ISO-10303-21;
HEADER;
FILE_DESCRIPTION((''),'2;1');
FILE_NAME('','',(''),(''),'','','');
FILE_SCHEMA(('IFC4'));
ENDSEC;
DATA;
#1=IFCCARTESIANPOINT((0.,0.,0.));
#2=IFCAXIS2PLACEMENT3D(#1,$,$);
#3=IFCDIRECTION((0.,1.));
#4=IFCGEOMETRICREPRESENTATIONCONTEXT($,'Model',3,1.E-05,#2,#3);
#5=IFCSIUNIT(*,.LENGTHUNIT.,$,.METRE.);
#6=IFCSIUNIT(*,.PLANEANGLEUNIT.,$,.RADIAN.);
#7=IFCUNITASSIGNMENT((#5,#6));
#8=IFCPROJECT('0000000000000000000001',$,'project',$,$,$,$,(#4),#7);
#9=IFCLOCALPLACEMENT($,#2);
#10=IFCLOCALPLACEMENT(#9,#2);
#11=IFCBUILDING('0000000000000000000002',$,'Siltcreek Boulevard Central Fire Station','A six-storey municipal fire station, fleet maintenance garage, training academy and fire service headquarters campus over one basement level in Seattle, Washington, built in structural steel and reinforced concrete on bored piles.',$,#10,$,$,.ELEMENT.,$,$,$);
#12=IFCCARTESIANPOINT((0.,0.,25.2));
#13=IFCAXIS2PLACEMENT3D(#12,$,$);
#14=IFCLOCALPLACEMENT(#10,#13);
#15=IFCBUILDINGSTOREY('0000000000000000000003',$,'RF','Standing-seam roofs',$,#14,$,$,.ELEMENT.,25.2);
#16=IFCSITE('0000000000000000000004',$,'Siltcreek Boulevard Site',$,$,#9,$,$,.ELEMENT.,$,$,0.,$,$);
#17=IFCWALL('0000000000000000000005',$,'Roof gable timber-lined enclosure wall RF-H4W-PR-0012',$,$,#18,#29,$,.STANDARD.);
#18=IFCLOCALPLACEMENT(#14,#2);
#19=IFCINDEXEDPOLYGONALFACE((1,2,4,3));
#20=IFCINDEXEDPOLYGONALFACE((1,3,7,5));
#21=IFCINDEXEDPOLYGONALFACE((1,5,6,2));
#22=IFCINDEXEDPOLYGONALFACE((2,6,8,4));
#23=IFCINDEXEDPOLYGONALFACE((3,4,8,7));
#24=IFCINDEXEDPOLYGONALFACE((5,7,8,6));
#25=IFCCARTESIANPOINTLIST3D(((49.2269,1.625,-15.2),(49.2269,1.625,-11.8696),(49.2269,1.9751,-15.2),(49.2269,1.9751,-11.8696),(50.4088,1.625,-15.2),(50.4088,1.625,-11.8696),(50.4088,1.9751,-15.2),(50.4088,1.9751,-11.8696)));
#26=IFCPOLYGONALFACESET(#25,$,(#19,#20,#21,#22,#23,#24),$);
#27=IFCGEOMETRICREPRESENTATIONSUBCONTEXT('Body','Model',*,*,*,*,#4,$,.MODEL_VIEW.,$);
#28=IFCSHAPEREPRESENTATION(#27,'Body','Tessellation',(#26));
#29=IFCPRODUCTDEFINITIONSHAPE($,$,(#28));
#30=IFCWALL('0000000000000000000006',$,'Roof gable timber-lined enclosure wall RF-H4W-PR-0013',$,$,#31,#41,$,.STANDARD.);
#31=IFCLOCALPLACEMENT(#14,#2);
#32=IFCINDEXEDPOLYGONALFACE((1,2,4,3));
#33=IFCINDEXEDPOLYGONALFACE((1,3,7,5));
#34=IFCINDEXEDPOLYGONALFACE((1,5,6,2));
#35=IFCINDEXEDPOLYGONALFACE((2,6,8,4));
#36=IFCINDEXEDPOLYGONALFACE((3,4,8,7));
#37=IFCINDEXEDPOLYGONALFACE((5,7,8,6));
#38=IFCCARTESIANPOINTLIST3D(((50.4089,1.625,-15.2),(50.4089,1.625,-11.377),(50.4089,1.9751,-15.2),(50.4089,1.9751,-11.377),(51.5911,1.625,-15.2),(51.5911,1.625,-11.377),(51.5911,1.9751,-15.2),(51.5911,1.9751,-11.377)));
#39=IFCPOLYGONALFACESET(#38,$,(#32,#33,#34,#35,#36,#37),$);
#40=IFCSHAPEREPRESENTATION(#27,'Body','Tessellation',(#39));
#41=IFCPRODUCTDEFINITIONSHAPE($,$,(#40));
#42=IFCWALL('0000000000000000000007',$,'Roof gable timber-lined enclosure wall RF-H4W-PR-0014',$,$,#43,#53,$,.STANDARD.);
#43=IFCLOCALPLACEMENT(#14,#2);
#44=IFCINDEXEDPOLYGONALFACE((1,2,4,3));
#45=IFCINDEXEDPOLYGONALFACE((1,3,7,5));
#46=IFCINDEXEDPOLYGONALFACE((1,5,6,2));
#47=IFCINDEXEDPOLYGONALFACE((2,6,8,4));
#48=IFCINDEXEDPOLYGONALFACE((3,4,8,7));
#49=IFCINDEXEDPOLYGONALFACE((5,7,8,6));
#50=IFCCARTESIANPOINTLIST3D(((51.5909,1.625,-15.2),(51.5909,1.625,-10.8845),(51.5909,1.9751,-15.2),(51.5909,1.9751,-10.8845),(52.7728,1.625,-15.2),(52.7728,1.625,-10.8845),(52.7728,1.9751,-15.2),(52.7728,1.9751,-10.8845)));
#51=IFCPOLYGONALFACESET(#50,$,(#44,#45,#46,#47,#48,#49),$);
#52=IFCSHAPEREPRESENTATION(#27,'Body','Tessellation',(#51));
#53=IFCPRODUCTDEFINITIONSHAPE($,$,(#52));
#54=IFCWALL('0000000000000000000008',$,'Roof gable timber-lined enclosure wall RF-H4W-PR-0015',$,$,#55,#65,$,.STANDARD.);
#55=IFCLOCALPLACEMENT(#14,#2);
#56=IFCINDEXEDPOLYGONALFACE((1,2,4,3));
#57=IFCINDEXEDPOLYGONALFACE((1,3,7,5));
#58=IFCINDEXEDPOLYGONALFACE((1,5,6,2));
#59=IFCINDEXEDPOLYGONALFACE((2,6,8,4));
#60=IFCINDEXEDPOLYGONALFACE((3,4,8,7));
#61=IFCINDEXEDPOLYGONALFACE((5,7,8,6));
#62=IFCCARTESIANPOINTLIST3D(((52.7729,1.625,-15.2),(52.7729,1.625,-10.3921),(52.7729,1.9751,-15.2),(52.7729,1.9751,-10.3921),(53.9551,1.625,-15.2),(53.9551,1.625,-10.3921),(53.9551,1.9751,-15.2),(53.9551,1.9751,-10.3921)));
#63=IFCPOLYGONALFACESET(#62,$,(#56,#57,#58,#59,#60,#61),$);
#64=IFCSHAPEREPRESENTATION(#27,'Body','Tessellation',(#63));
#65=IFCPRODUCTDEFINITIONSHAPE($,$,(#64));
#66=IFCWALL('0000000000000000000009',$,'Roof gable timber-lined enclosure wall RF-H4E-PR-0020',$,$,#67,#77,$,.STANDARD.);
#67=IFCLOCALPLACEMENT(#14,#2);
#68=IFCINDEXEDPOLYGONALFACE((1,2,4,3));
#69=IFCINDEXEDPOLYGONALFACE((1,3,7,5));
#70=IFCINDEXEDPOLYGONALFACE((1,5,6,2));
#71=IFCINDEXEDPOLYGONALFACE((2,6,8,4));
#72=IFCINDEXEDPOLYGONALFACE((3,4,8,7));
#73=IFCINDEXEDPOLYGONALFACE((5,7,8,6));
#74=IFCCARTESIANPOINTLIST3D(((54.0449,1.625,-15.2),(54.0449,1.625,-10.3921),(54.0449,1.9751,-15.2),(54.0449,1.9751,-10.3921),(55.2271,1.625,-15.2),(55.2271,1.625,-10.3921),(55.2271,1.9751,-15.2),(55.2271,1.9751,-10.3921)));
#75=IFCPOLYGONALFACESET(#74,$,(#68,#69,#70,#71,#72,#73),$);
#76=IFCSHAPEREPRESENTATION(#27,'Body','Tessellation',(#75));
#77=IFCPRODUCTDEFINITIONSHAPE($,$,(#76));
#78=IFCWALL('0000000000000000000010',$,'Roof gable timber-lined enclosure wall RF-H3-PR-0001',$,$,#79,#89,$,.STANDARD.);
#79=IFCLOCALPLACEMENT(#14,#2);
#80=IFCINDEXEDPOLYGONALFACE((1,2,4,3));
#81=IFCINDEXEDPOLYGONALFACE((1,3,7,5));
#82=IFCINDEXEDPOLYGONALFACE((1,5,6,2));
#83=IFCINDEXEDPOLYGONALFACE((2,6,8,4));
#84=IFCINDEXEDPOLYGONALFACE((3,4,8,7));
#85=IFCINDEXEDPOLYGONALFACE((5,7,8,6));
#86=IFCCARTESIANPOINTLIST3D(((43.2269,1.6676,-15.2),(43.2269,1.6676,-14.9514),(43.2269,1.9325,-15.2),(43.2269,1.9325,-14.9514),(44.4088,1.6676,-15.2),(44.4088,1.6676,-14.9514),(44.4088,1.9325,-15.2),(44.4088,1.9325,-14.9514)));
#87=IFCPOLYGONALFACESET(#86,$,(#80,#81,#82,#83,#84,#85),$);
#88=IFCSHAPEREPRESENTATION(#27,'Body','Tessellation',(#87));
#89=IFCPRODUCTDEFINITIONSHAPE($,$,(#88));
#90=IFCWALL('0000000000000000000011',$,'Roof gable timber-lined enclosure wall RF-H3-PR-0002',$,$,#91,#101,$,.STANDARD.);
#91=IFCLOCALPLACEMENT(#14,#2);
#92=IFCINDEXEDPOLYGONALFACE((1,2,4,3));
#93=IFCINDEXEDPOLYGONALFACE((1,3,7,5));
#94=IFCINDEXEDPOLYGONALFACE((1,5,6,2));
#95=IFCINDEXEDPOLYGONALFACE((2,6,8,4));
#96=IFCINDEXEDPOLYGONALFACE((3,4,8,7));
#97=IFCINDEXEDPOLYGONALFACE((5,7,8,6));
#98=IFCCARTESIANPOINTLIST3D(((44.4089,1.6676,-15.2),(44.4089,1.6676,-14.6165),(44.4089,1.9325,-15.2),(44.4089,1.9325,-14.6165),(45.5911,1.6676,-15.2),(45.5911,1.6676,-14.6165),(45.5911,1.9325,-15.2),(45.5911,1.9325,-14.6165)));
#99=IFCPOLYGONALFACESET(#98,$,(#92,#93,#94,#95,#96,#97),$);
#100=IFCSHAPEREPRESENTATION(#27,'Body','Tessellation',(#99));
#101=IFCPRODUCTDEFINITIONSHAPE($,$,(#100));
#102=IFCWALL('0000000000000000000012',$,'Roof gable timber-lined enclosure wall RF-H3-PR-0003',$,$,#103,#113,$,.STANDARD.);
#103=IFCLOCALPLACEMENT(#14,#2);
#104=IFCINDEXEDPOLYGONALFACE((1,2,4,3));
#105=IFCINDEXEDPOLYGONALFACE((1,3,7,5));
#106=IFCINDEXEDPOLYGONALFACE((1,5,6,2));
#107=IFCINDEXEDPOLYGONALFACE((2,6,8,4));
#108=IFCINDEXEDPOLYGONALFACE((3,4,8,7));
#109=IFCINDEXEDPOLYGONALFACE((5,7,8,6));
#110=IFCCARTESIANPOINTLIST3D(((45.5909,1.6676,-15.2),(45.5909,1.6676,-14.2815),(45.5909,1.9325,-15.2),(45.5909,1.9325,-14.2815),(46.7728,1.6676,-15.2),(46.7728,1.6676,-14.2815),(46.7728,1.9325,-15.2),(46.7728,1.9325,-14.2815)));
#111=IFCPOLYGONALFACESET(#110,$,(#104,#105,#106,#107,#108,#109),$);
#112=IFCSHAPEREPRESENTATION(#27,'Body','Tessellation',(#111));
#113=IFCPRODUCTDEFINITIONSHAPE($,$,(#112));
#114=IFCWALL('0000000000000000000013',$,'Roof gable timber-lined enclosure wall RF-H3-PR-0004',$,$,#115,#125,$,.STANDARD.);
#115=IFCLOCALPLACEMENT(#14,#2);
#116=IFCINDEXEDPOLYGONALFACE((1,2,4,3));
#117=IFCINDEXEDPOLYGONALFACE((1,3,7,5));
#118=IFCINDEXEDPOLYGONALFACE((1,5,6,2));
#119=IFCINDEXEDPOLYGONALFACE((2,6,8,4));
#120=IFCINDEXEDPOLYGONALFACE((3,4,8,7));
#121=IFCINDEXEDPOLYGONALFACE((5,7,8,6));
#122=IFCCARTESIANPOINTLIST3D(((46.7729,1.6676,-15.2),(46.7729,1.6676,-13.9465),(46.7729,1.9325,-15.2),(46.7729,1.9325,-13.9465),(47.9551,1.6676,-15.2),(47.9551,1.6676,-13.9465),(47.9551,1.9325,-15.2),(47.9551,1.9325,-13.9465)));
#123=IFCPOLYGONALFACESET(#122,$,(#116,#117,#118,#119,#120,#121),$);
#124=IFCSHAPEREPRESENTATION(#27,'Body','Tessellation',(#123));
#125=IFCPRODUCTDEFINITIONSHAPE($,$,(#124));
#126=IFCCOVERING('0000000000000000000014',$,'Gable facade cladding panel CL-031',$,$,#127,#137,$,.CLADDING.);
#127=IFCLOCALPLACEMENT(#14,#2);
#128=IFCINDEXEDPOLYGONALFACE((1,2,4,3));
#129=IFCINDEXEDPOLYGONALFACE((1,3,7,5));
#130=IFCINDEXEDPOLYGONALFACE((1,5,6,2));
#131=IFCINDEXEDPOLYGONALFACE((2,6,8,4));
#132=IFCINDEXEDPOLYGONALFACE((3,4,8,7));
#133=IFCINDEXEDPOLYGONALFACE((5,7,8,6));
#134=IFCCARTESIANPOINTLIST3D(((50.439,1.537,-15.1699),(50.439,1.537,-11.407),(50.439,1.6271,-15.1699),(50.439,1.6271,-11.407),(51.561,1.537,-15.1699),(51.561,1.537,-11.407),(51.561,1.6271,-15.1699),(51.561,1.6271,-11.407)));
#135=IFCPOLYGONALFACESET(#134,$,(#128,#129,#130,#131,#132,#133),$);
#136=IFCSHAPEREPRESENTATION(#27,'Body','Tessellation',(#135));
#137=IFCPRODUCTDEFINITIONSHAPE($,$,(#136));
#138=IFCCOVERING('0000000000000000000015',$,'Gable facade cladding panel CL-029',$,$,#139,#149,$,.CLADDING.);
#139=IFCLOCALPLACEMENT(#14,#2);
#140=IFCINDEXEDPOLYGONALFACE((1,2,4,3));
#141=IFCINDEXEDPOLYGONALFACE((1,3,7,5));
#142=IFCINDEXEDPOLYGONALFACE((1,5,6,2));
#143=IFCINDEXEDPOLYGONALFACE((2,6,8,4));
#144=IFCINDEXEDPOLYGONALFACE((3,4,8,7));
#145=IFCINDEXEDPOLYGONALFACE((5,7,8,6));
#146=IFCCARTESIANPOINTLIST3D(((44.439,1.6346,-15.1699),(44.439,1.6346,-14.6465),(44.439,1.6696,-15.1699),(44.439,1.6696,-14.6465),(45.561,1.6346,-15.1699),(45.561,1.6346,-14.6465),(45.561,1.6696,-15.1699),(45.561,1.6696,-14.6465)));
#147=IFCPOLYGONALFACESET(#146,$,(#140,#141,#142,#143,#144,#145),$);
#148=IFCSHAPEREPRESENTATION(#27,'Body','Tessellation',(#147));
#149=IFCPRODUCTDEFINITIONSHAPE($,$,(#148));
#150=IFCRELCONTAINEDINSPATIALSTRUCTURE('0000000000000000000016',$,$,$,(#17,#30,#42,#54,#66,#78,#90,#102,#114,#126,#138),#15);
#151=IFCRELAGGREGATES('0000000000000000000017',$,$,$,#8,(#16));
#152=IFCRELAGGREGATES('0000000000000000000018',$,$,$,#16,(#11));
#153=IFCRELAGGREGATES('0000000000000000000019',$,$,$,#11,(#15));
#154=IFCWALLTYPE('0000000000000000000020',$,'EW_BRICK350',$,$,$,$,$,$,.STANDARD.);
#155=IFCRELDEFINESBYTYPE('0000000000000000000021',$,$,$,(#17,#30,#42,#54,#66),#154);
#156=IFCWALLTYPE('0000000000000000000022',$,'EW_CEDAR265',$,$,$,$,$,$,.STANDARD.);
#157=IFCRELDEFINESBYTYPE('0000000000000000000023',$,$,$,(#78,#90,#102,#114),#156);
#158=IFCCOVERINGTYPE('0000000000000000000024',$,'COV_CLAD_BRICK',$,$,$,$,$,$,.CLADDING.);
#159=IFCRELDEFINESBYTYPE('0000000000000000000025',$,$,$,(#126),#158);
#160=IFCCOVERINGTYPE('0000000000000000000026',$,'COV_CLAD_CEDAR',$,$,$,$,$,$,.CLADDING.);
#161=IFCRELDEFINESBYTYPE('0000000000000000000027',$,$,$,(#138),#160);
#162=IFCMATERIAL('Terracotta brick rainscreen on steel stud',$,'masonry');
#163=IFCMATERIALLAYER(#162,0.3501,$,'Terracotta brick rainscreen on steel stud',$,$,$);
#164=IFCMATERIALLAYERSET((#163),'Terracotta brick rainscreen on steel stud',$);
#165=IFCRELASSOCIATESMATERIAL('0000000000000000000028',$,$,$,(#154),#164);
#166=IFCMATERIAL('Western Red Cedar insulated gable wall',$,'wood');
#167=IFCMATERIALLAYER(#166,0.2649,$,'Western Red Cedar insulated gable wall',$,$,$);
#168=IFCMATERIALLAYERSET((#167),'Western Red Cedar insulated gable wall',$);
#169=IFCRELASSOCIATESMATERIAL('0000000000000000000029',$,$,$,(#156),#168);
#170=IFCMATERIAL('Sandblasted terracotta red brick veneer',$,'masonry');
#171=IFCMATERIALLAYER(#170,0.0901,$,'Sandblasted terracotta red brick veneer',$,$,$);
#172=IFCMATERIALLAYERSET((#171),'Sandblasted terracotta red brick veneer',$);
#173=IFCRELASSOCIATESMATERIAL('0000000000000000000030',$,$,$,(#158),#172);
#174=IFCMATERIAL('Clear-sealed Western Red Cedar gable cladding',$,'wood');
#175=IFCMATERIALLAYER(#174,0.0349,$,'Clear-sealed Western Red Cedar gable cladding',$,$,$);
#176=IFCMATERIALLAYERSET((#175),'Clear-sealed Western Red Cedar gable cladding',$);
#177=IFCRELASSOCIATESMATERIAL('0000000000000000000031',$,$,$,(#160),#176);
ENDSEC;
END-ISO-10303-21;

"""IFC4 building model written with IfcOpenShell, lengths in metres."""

from ifc_helpers import new_model, si_unit, direction, frame, frame_2d, origin, origin_2d, place, context, subcontext, project, spatial, rectangle, extrude, material, layer, layer_set, type_object, element, save


model = new_model("IFC4")

# Units and contexts
model_context = context("Model", 3, precision=1e-05, world=origin(), true_north=direction((0.0, 1.0)))
body_context = subcontext(model_context, "Body", "Model", "MODEL_VIEW")
ifc_project = project(units=[si_unit("LENGTHUNIT", "METRE"), si_unit("PLANEANGLEUNIT", "RADIAN")], contexts=[model_context])

# Site, building, storey
site_placement = place(None, origin())
site = spatial("IfcSite", under=ifc_project, at=site_placement, Name="Siltcreek Boulevard Site", CompositionType="ELEMENT", RefElevation=0.0)
building_placement = place(site_placement, origin())
building = spatial("IfcBuilding", under=site, at=building_placement, Name="Siltcreek Boulevard Central Fire Station", Description="A six-storey municipal fire station, fleet maintenance garage, training academy and fire service headquarters campus over one basement level in Seattle, Washington, built in structural steel and reinforced concrete on bored piles.", CompositionType="ELEMENT")
storey_placement = place(building_placement, frame((0.0, 0.0, 25.2)))
storey = spatial("IfcBuildingStorey", under=building, at=storey_placement, Name="RF", Description="Standing-seam roofs", CompositionType="ELEMENT", Elevation=25.2)

# Walls
ifc_material_1 = material(Name="Terracotta brick rainscreen on steel stud", Category="masonry")
ifc_layer_1 = layer(ifc_material_1, 0.3501, Name="Terracotta brick rainscreen on steel stud")
ifc_layer_set_1 = layer_set([ifc_layer_1], Name="Terracotta brick rainscreen on steel stud")
wall_type_1 = type_object("IfcWallType", Name="EW_BRICK350", PredefinedType="STANDARD", material=ifc_layer_set_1)
wall_1_placement = place(storey_placement, frame((49.2271, 1.8, -15.2), z_axis=(0.0, 0.0, 1.0), x_axis=(1.0, 0.0, 0.0)))
element("IfcWall", 1, at=wall_1_placement, inside=storey, type_object=wall_type_1, Name="Roof gable timber-lined enclosure wall RF-H4W-PR-0012", PredefinedType="STANDARD", context=body_context, shape_type="SweptSolid", body=[
    extrude(rectangle(XDim=1.1819, YDim=0.3501, at=frame_2d((0.5908, 0.0))), origin(), (0.0, 0.0, 1.0), 3.3303),
])
wall_2_placement = place(storey_placement, frame((50.4089, 1.8, -15.2), z_axis=(0.0, 0.0, 1.0), x_axis=(1.0, 0.0, 0.0)))
element("IfcWall", 2, at=wall_2_placement, inside=storey, type_object=wall_type_1, Name="Roof gable timber-lined enclosure wall RF-H4W-PR-0013", PredefinedType="STANDARD", context=body_context, shape_type="SweptSolid", body=[
    extrude(rectangle(XDim=1.1821, YDim=0.3501, at=frame_2d((0.5911, 0.0))), origin(), (0.0, 0.0, 1.0), 3.823),
])
wall_3_placement = place(storey_placement, frame((51.5911, 1.8, -15.2), z_axis=(0.0, 0.0, 1.0), x_axis=(1.0, 0.0, 0.0)))
element("IfcWall", 3, at=wall_3_placement, inside=storey, type_object=wall_type_1, Name="Roof gable timber-lined enclosure wall RF-H4W-PR-0014", PredefinedType="STANDARD", context=body_context, shape_type="SweptSolid", body=[
    extrude(rectangle(XDim=1.1819, YDim=0.3501, at=frame_2d((0.5908, 0.0))), origin(), (0.0, 0.0, 1.0), 4.3154),
])
for number, where, z_axis, x_axis, name in (
    (4, (52.7729, 1.8, -15.2), (0.0, 0.0, 1.0), (1.0, 0.0, 0.0), "Roof gable timber-lined enclosure wall RF-H4W-PR-0015"),
    (5, (54.0449, 1.8, -15.2), (0.0, 0.0, 1.0), (1.0, 0.0, 0.0), "Roof gable timber-lined enclosure wall RF-H4E-PR-0020"),
):
    element("IfcWall", number, at=place(storey_placement, frame(where, z_axis=z_axis, x_axis=x_axis)), inside=storey, type_object=wall_type_1, Name=name, PredefinedType="STANDARD", context=body_context, shape_type="SweptSolid", body=[
        extrude(rectangle(XDim=1.1821, YDim=0.3501, at=frame_2d((0.5911, 0.0))), origin(), (0.0, 0.0, 1.0), 4.8079),
    ])
ifc_material_2 = material(Name="Western Red Cedar insulated gable wall", Category="wood")
ifc_layer_2 = layer(ifc_material_2, 0.2649, Name="Western Red Cedar insulated gable wall")
ifc_layer_set_2 = layer_set([ifc_layer_2], Name="Western Red Cedar insulated gable wall")
wall_type_2 = type_object("IfcWallType", Name="EW_CEDAR265", PredefinedType="STANDARD", material=ifc_layer_set_2)
wall_4_placement = place(storey_placement, frame((43.2271, 1.8, -15.2), z_axis=(0.0, 0.0, 1.0), x_axis=(1.0, 0.0, 0.0)))
element("IfcWall", 6, at=wall_4_placement, inside=storey, type_object=wall_type_2, Name="Roof gable timber-lined enclosure wall RF-H3-PR-0001", PredefinedType="STANDARD", context=body_context, shape_type="SweptSolid", body=[
    extrude(rectangle(XDim=1.1819, YDim=0.2649, at=frame_2d((0.5908, 0.0))), origin(), (0.0, 0.0, 1.0), 0.2485),
])
wall_5_placement = place(storey_placement, frame((44.4089, 1.8, -15.2), z_axis=(0.0, 0.0, 1.0), x_axis=(1.0, 0.0, 0.0)))
element("IfcWall", 7, at=wall_5_placement, inside=storey, type_object=wall_type_2, Name="Roof gable timber-lined enclosure wall RF-H3-PR-0002", PredefinedType="STANDARD", context=body_context, shape_type="SweptSolid", body=[
    extrude(rectangle(XDim=1.1821, YDim=0.2649, at=frame_2d((0.5911, 0.0))), origin(), (0.0, 0.0, 1.0), 0.5835),
])
wall_6_placement = place(storey_placement, frame((45.5911, 1.8, -15.2), z_axis=(0.0, 0.0, 1.0), x_axis=(1.0, 0.0, 0.0)))
element("IfcWall", 8, at=wall_6_placement, inside=storey, type_object=wall_type_2, Name="Roof gable timber-lined enclosure wall RF-H3-PR-0003", PredefinedType="STANDARD", context=body_context, shape_type="SweptSolid", body=[
    extrude(rectangle(XDim=1.1819, YDim=0.2649, at=frame_2d((0.5908, 0.0))), origin(), (0.0, 0.0, 1.0), 0.9185),
])
wall_7_placement = place(storey_placement, frame((46.7729, 1.8, -15.2), z_axis=(0.0, 0.0, 1.0), x_axis=(1.0, 0.0, 0.0)))
element("IfcWall", 9, at=wall_7_placement, inside=storey, type_object=wall_type_2, Name="Roof gable timber-lined enclosure wall RF-H3-PR-0004", PredefinedType="STANDARD", context=body_context, shape_type="SweptSolid", body=[
    extrude(rectangle(XDim=1.1821, YDim=0.2649, at=frame_2d((0.5911, 0.0))), origin(), (0.0, 0.0, 1.0), 1.2534),
])

# Coverings
ifc_material_3 = material(Name="Sandblasted terracotta red brick veneer", Category="masonry")
ifc_layer_3 = layer(ifc_material_3, 0.0901, Name="Sandblasted terracotta red brick veneer")
ifc_layer_set_3 = layer_set([ifc_layer_3], Name="Sandblasted terracotta red brick veneer")
covering_type_1 = type_object("IfcCoveringType", Name="COV_CLAD_BRICK", PredefinedType="CLADDING", material=ifc_layer_set_3)
covering_1_placement = place(storey_placement, frame((51.0, 1.582, -15.1699), z_axis=(0.0, 0.0, 1.0), x_axis=(1.0, 0.0, 0.0)))
element("IfcCovering", 10, at=covering_1_placement, inside=storey, type_object=covering_type_1, Name="Gable facade cladding panel CL-031", PredefinedType="CLADDING", context=body_context, shape_type="SweptSolid", body=[
    extrude(rectangle(XDim=1.1221, YDim=0.0901, at=origin_2d()), origin(), (0.0, 0.0, 1.0), 3.7629),
])
ifc_material_4 = material(Name="Clear-sealed Western Red Cedar gable cladding", Category="wood")
ifc_layer_4 = layer(ifc_material_4, 0.0349, Name="Clear-sealed Western Red Cedar gable cladding")
ifc_layer_set_4 = layer_set([ifc_layer_4], Name="Clear-sealed Western Red Cedar gable cladding")
covering_type_2 = type_object("IfcCoveringType", Name="COV_CLAD_CEDAR", PredefinedType="CLADDING", material=ifc_layer_set_4)
covering_2_placement = place(storey_placement, frame((45.0, 1.6521, -15.1699), z_axis=(0.0, 0.0, 1.0), x_axis=(1.0, 0.0, 0.0)))
element("IfcCovering", 11, at=covering_2_placement, inside=storey, type_object=covering_type_2, Name="Gable facade cladding panel CL-029", PredefinedType="CLADDING", context=body_context, shape_type="SweptSolid", body=[
    extrude(rectangle(XDim=1.1221, YDim=0.0349, at=origin_2d()), origin(), (0.0, 0.0, 1.0), 0.5234),
])

save(model, "model.ifc")
